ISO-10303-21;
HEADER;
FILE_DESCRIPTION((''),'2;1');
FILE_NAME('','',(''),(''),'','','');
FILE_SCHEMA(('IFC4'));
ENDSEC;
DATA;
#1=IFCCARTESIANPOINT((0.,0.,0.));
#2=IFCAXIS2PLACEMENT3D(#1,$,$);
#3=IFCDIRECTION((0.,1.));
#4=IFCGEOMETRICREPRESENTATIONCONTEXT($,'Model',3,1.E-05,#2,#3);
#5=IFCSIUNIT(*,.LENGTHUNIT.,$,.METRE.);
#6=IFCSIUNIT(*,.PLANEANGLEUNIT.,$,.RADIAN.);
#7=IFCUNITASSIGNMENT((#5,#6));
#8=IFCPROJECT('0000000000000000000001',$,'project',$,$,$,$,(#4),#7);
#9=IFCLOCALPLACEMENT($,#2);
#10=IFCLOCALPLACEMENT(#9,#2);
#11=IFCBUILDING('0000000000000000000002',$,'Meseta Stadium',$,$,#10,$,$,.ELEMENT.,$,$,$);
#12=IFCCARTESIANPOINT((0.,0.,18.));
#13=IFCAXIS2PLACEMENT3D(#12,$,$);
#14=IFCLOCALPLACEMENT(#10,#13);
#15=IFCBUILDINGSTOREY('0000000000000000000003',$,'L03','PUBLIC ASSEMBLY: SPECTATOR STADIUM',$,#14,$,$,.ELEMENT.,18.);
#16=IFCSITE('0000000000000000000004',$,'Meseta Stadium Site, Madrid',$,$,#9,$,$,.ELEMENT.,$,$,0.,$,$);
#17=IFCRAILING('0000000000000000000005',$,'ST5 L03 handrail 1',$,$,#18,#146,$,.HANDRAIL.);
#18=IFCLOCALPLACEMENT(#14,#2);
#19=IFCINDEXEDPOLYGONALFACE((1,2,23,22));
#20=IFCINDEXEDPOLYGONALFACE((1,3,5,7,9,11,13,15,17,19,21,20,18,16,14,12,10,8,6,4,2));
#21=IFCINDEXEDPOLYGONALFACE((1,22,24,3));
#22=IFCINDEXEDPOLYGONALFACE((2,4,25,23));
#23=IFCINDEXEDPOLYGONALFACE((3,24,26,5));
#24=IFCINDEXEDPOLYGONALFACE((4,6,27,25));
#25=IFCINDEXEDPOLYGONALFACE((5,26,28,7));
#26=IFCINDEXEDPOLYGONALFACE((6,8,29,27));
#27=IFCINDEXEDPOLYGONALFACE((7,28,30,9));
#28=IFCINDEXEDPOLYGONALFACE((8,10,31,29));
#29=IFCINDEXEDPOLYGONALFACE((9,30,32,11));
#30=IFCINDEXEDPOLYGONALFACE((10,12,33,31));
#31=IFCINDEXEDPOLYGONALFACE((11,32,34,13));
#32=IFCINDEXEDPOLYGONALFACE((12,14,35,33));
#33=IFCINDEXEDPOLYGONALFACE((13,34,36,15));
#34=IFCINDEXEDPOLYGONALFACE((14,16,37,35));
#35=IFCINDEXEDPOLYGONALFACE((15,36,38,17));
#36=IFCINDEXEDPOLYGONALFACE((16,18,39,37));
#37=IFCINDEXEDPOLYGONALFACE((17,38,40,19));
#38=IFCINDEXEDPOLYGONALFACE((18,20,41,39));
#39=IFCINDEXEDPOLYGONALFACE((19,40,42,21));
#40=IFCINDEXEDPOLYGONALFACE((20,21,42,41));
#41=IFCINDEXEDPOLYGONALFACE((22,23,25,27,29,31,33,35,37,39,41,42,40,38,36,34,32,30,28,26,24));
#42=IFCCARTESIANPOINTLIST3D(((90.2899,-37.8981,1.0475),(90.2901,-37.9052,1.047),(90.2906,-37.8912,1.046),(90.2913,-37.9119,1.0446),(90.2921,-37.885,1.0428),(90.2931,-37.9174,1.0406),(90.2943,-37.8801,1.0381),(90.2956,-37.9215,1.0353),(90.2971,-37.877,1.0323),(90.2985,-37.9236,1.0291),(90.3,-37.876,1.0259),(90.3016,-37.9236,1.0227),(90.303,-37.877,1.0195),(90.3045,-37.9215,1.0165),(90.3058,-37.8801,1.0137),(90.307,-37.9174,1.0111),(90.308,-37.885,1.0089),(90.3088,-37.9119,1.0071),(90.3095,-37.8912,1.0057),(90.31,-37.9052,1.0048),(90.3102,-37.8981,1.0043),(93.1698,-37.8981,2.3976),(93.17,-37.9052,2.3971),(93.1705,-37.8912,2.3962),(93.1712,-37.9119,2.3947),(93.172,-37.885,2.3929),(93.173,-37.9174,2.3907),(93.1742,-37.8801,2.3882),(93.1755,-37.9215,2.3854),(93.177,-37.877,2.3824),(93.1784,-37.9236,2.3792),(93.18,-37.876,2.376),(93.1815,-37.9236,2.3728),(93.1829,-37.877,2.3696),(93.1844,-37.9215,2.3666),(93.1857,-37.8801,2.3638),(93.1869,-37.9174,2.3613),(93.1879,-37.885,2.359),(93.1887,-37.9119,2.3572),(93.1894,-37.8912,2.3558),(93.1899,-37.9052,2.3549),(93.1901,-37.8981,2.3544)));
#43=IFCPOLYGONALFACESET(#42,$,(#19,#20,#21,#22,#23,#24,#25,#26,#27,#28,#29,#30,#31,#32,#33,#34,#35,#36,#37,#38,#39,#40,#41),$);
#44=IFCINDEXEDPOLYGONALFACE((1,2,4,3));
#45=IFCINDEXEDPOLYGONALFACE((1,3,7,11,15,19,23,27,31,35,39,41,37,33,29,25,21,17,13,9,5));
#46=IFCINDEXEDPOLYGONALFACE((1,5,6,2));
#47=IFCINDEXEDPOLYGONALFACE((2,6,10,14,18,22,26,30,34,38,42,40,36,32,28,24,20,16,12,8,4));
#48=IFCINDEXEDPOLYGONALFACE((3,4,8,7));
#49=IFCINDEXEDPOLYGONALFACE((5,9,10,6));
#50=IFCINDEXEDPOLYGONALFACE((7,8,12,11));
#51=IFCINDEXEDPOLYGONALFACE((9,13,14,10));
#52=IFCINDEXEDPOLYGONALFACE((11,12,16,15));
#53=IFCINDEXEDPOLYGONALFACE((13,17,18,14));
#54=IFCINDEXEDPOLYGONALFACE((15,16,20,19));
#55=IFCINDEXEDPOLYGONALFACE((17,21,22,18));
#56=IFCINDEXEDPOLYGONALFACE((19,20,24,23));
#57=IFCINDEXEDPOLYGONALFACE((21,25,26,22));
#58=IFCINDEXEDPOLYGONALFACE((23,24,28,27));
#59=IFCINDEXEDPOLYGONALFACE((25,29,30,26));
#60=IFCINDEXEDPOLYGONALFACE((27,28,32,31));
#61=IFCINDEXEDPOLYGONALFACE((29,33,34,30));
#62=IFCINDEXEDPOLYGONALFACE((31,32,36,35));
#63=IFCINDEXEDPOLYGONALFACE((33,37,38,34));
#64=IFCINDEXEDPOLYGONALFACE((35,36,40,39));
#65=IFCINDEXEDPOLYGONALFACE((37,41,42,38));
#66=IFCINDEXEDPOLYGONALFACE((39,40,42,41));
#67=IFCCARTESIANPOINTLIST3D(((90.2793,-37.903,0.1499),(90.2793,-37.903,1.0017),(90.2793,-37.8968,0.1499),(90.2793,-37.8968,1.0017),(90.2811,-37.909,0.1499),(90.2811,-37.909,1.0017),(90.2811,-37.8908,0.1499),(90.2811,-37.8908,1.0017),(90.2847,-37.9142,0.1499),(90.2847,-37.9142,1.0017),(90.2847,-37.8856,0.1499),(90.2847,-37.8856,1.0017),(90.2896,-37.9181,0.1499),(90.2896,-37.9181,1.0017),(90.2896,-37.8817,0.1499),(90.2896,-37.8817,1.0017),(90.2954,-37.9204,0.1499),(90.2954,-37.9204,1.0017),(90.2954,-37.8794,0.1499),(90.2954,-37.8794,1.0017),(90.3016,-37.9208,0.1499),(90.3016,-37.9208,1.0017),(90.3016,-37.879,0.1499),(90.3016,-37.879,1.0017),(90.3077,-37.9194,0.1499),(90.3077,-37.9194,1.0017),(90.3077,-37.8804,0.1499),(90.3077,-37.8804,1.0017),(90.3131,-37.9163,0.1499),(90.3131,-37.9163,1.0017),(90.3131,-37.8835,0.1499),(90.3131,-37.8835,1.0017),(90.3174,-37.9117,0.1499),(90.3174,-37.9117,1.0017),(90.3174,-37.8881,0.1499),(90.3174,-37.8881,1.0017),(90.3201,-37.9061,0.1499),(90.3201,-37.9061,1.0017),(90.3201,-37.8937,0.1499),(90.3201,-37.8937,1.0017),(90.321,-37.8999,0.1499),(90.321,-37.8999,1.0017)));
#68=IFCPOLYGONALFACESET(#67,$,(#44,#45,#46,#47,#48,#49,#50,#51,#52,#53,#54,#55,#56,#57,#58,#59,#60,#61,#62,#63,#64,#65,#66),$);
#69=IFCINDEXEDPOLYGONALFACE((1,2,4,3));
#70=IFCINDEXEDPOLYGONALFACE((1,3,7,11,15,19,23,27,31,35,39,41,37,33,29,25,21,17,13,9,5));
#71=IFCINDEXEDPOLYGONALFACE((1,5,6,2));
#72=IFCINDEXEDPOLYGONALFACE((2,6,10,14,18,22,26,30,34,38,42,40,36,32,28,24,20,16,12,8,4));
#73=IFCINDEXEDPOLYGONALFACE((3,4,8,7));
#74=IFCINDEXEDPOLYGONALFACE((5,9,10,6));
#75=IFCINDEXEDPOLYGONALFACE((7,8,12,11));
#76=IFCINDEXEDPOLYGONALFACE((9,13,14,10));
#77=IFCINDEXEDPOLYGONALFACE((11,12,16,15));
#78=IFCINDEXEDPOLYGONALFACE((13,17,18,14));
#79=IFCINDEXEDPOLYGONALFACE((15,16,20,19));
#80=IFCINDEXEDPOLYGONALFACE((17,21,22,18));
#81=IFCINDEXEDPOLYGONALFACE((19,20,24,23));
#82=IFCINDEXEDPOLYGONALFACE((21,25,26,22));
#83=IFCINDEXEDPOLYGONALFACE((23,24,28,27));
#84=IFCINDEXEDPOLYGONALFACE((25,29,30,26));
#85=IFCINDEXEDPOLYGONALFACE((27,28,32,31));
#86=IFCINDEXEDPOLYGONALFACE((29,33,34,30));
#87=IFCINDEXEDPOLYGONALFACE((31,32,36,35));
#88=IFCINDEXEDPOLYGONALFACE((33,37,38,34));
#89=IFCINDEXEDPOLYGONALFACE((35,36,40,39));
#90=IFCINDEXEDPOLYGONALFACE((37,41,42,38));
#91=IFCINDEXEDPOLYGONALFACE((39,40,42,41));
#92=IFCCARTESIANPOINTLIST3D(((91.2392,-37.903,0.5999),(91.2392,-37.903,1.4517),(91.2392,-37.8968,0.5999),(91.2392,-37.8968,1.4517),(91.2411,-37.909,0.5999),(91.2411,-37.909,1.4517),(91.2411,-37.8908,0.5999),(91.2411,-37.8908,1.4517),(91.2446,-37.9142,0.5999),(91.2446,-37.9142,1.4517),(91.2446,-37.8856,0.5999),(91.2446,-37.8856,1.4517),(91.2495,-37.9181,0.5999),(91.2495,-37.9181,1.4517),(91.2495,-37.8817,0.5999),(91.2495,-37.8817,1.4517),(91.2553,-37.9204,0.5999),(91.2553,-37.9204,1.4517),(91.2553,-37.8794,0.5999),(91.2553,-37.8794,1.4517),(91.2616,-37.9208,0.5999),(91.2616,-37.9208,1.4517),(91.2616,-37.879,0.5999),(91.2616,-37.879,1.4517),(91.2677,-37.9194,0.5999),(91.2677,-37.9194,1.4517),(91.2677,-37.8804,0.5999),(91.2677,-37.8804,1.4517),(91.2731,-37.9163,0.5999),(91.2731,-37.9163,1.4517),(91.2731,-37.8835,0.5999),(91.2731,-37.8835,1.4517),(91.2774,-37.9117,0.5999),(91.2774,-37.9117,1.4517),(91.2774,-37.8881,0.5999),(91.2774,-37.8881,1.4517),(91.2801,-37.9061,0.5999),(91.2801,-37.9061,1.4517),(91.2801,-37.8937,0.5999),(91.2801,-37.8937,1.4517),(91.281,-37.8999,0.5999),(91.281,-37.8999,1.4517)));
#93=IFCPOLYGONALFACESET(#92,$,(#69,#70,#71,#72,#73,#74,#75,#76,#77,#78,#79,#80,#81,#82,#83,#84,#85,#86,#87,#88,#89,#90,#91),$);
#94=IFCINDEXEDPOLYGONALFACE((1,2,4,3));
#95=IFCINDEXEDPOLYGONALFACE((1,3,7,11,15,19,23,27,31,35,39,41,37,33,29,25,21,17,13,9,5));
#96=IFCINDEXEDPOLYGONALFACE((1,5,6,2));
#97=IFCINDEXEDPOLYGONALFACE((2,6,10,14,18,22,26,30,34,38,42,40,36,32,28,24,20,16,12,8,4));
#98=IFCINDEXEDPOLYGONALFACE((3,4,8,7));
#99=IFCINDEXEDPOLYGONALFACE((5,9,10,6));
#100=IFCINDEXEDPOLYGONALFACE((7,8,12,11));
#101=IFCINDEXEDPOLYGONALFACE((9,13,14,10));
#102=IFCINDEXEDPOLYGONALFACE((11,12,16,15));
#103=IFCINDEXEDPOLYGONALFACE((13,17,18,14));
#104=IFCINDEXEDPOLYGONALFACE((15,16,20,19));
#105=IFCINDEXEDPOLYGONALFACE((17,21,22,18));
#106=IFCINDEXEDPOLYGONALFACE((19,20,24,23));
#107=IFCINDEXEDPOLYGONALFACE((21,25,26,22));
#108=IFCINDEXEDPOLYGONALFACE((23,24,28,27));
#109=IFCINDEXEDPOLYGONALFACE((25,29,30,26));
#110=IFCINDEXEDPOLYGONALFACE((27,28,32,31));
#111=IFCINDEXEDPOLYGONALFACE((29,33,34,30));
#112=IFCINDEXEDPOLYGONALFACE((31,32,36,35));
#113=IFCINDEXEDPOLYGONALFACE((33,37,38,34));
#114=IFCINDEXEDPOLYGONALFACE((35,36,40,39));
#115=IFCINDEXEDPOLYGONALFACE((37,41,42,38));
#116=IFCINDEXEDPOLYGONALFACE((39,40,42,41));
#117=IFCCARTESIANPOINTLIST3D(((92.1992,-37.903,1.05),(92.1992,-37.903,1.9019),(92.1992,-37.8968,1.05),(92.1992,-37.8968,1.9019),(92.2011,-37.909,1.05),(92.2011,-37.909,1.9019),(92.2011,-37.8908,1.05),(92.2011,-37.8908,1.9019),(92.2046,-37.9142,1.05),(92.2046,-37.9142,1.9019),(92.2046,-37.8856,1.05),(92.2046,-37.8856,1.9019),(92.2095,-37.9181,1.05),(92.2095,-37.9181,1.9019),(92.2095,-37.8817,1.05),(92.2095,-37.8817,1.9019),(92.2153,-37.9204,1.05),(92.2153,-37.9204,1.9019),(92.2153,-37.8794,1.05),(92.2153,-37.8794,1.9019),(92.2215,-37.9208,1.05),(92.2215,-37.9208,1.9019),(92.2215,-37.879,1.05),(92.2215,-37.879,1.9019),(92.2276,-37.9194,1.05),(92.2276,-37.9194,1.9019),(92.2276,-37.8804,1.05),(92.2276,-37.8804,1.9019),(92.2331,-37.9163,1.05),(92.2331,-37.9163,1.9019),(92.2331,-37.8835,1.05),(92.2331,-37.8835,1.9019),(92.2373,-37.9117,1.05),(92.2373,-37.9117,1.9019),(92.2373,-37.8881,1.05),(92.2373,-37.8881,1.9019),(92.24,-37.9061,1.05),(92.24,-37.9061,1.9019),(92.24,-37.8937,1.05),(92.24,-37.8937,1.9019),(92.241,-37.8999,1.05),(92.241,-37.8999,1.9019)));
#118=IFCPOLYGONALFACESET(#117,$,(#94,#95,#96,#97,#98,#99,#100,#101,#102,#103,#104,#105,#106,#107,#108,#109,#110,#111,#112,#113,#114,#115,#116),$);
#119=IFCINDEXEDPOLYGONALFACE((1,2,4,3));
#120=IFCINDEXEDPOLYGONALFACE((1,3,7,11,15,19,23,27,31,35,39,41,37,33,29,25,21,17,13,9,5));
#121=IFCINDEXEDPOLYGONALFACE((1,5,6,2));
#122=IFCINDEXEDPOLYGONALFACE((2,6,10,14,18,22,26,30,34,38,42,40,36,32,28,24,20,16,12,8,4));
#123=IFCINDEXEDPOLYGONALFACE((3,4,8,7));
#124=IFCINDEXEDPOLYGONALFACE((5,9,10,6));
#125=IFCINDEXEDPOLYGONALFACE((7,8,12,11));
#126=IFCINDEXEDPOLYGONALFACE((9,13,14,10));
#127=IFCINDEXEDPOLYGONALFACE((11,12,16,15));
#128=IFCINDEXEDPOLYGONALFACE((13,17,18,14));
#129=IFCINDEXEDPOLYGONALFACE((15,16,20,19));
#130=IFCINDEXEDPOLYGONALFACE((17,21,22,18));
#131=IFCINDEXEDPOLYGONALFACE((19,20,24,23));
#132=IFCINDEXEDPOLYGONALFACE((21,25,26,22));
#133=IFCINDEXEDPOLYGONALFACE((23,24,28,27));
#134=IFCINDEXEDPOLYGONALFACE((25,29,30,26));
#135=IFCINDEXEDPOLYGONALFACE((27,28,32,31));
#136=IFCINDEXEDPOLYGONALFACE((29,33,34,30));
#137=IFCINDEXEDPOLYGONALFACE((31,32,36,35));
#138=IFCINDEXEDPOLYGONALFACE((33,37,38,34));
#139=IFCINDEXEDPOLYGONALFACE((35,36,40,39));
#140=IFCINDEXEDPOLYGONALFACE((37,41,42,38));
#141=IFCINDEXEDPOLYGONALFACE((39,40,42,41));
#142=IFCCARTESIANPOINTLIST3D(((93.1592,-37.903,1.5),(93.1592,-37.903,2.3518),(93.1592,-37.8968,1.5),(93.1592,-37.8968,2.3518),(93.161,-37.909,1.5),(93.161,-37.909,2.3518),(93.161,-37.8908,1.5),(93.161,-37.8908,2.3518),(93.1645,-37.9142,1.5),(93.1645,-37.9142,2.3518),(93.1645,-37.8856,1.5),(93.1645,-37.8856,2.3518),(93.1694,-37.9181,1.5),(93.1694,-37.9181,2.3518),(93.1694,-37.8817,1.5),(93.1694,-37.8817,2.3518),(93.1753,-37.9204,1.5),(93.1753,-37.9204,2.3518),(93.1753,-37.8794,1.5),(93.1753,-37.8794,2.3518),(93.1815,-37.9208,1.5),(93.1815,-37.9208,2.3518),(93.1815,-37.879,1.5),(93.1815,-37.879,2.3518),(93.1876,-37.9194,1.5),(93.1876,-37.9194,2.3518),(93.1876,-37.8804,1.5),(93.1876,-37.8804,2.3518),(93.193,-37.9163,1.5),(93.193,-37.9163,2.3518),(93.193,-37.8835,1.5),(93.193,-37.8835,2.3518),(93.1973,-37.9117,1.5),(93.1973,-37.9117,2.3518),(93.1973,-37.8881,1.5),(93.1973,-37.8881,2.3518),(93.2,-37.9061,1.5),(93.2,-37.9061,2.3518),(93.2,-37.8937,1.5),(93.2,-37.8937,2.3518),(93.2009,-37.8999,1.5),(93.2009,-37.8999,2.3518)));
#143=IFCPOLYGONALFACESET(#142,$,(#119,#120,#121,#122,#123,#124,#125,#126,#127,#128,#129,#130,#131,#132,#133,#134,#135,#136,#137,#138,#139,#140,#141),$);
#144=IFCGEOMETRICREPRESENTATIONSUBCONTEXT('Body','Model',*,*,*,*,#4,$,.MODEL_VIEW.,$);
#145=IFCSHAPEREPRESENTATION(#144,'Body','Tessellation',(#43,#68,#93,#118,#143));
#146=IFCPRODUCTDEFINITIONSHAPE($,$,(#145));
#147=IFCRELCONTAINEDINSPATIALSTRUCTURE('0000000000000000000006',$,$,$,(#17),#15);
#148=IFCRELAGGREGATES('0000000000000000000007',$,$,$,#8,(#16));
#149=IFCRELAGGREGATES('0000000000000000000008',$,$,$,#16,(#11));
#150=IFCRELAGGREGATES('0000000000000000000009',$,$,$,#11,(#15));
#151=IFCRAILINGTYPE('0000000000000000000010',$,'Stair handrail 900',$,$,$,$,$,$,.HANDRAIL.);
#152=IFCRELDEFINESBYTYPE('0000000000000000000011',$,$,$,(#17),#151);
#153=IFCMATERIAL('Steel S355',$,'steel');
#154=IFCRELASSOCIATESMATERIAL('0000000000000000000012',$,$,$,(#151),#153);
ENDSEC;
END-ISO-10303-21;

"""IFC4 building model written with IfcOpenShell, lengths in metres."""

from ifc_helpers import new_model, si_unit, direction, frame, origin, origin_2d, place, context, subcontext, project, spatial, circle, extrude, material, type_object, element, save


model = new_model("IFC4")

# Units and contexts
model_context = context("Model", 3, precision=1e-05, world=origin(), true_north=direction((0.0, 1.0)))
body_context = subcontext(model_context, "Body", "Model", "MODEL_VIEW")
ifc_project = project(units=[si_unit("LENGTHUNIT", "METRE"), si_unit("PLANEANGLEUNIT", "RADIAN")], contexts=[model_context])

# Site, building, storey
site_placement = place(None, origin())
site = spatial("IfcSite", under=ifc_project, at=site_placement, Name="Meseta Stadium Site, Madrid", CompositionType="ELEMENT", RefElevation=0.0)
building_placement = place(site_placement, origin())
building = spatial("IfcBuilding", under=site, at=building_placement, Name="Meseta Stadium", CompositionType="ELEMENT")
storey_placement = place(building_placement, frame((0.0, 0.0, 18.0)))
storey = spatial("IfcBuildingStorey", under=building, at=storey_placement, Name="L03", Description="PUBLIC ASSEMBLY: SPECTATOR STADIUM", CompositionType="ELEMENT", Elevation=18.0)

# Railing
ifc_material_1 = material(Name="Steel S355", Category="steel")
railing_type = type_object("IfcRailingType", Name="Stair handrail 900", PredefinedType="HANDRAIL", material=ifc_material_1)
railing_placement = place(storey_placement, frame((90.3, -37.8999, 0.1499)))
element("IfcRailing", 1, at=railing_placement, inside=storey, type_object=railing_type, Name="ST5 L03 handrail 1", PredefinedType="HANDRAIL", context=body_context, shape_type="SweptSolid", body=[
    extrude(circle(Radius=0.0239, at=origin_2d()), frame((0.0, 0.0, 0.876), z_axis=(0.90544, 0.0, 0.424473), x_axis=(0.0, 1.0, 0.0)), (0.0, 0.0, 1.0), 3.1807),
    extrude(circle(Radius=0.021, at=origin_2d()), origin(), (0.0, 0.0, 1.0), 0.8518),
    extrude(circle(Radius=0.021, at=origin_2d()), frame((0.96, 0.0, 0.45)), (0.0, 0.0, 1.0), 0.8518),
    extrude(circle(Radius=0.021, at=origin_2d()), frame((1.9199, 0.0, 0.9001)), (0.0, 0.0, 1.0), 0.8518),
    extrude(circle(Radius=0.021, at=origin_2d()), frame((2.8799, 0.0, 1.3501)), (0.0, 0.0, 1.0), 0.8518),
])

save(model, "model.ifc")
